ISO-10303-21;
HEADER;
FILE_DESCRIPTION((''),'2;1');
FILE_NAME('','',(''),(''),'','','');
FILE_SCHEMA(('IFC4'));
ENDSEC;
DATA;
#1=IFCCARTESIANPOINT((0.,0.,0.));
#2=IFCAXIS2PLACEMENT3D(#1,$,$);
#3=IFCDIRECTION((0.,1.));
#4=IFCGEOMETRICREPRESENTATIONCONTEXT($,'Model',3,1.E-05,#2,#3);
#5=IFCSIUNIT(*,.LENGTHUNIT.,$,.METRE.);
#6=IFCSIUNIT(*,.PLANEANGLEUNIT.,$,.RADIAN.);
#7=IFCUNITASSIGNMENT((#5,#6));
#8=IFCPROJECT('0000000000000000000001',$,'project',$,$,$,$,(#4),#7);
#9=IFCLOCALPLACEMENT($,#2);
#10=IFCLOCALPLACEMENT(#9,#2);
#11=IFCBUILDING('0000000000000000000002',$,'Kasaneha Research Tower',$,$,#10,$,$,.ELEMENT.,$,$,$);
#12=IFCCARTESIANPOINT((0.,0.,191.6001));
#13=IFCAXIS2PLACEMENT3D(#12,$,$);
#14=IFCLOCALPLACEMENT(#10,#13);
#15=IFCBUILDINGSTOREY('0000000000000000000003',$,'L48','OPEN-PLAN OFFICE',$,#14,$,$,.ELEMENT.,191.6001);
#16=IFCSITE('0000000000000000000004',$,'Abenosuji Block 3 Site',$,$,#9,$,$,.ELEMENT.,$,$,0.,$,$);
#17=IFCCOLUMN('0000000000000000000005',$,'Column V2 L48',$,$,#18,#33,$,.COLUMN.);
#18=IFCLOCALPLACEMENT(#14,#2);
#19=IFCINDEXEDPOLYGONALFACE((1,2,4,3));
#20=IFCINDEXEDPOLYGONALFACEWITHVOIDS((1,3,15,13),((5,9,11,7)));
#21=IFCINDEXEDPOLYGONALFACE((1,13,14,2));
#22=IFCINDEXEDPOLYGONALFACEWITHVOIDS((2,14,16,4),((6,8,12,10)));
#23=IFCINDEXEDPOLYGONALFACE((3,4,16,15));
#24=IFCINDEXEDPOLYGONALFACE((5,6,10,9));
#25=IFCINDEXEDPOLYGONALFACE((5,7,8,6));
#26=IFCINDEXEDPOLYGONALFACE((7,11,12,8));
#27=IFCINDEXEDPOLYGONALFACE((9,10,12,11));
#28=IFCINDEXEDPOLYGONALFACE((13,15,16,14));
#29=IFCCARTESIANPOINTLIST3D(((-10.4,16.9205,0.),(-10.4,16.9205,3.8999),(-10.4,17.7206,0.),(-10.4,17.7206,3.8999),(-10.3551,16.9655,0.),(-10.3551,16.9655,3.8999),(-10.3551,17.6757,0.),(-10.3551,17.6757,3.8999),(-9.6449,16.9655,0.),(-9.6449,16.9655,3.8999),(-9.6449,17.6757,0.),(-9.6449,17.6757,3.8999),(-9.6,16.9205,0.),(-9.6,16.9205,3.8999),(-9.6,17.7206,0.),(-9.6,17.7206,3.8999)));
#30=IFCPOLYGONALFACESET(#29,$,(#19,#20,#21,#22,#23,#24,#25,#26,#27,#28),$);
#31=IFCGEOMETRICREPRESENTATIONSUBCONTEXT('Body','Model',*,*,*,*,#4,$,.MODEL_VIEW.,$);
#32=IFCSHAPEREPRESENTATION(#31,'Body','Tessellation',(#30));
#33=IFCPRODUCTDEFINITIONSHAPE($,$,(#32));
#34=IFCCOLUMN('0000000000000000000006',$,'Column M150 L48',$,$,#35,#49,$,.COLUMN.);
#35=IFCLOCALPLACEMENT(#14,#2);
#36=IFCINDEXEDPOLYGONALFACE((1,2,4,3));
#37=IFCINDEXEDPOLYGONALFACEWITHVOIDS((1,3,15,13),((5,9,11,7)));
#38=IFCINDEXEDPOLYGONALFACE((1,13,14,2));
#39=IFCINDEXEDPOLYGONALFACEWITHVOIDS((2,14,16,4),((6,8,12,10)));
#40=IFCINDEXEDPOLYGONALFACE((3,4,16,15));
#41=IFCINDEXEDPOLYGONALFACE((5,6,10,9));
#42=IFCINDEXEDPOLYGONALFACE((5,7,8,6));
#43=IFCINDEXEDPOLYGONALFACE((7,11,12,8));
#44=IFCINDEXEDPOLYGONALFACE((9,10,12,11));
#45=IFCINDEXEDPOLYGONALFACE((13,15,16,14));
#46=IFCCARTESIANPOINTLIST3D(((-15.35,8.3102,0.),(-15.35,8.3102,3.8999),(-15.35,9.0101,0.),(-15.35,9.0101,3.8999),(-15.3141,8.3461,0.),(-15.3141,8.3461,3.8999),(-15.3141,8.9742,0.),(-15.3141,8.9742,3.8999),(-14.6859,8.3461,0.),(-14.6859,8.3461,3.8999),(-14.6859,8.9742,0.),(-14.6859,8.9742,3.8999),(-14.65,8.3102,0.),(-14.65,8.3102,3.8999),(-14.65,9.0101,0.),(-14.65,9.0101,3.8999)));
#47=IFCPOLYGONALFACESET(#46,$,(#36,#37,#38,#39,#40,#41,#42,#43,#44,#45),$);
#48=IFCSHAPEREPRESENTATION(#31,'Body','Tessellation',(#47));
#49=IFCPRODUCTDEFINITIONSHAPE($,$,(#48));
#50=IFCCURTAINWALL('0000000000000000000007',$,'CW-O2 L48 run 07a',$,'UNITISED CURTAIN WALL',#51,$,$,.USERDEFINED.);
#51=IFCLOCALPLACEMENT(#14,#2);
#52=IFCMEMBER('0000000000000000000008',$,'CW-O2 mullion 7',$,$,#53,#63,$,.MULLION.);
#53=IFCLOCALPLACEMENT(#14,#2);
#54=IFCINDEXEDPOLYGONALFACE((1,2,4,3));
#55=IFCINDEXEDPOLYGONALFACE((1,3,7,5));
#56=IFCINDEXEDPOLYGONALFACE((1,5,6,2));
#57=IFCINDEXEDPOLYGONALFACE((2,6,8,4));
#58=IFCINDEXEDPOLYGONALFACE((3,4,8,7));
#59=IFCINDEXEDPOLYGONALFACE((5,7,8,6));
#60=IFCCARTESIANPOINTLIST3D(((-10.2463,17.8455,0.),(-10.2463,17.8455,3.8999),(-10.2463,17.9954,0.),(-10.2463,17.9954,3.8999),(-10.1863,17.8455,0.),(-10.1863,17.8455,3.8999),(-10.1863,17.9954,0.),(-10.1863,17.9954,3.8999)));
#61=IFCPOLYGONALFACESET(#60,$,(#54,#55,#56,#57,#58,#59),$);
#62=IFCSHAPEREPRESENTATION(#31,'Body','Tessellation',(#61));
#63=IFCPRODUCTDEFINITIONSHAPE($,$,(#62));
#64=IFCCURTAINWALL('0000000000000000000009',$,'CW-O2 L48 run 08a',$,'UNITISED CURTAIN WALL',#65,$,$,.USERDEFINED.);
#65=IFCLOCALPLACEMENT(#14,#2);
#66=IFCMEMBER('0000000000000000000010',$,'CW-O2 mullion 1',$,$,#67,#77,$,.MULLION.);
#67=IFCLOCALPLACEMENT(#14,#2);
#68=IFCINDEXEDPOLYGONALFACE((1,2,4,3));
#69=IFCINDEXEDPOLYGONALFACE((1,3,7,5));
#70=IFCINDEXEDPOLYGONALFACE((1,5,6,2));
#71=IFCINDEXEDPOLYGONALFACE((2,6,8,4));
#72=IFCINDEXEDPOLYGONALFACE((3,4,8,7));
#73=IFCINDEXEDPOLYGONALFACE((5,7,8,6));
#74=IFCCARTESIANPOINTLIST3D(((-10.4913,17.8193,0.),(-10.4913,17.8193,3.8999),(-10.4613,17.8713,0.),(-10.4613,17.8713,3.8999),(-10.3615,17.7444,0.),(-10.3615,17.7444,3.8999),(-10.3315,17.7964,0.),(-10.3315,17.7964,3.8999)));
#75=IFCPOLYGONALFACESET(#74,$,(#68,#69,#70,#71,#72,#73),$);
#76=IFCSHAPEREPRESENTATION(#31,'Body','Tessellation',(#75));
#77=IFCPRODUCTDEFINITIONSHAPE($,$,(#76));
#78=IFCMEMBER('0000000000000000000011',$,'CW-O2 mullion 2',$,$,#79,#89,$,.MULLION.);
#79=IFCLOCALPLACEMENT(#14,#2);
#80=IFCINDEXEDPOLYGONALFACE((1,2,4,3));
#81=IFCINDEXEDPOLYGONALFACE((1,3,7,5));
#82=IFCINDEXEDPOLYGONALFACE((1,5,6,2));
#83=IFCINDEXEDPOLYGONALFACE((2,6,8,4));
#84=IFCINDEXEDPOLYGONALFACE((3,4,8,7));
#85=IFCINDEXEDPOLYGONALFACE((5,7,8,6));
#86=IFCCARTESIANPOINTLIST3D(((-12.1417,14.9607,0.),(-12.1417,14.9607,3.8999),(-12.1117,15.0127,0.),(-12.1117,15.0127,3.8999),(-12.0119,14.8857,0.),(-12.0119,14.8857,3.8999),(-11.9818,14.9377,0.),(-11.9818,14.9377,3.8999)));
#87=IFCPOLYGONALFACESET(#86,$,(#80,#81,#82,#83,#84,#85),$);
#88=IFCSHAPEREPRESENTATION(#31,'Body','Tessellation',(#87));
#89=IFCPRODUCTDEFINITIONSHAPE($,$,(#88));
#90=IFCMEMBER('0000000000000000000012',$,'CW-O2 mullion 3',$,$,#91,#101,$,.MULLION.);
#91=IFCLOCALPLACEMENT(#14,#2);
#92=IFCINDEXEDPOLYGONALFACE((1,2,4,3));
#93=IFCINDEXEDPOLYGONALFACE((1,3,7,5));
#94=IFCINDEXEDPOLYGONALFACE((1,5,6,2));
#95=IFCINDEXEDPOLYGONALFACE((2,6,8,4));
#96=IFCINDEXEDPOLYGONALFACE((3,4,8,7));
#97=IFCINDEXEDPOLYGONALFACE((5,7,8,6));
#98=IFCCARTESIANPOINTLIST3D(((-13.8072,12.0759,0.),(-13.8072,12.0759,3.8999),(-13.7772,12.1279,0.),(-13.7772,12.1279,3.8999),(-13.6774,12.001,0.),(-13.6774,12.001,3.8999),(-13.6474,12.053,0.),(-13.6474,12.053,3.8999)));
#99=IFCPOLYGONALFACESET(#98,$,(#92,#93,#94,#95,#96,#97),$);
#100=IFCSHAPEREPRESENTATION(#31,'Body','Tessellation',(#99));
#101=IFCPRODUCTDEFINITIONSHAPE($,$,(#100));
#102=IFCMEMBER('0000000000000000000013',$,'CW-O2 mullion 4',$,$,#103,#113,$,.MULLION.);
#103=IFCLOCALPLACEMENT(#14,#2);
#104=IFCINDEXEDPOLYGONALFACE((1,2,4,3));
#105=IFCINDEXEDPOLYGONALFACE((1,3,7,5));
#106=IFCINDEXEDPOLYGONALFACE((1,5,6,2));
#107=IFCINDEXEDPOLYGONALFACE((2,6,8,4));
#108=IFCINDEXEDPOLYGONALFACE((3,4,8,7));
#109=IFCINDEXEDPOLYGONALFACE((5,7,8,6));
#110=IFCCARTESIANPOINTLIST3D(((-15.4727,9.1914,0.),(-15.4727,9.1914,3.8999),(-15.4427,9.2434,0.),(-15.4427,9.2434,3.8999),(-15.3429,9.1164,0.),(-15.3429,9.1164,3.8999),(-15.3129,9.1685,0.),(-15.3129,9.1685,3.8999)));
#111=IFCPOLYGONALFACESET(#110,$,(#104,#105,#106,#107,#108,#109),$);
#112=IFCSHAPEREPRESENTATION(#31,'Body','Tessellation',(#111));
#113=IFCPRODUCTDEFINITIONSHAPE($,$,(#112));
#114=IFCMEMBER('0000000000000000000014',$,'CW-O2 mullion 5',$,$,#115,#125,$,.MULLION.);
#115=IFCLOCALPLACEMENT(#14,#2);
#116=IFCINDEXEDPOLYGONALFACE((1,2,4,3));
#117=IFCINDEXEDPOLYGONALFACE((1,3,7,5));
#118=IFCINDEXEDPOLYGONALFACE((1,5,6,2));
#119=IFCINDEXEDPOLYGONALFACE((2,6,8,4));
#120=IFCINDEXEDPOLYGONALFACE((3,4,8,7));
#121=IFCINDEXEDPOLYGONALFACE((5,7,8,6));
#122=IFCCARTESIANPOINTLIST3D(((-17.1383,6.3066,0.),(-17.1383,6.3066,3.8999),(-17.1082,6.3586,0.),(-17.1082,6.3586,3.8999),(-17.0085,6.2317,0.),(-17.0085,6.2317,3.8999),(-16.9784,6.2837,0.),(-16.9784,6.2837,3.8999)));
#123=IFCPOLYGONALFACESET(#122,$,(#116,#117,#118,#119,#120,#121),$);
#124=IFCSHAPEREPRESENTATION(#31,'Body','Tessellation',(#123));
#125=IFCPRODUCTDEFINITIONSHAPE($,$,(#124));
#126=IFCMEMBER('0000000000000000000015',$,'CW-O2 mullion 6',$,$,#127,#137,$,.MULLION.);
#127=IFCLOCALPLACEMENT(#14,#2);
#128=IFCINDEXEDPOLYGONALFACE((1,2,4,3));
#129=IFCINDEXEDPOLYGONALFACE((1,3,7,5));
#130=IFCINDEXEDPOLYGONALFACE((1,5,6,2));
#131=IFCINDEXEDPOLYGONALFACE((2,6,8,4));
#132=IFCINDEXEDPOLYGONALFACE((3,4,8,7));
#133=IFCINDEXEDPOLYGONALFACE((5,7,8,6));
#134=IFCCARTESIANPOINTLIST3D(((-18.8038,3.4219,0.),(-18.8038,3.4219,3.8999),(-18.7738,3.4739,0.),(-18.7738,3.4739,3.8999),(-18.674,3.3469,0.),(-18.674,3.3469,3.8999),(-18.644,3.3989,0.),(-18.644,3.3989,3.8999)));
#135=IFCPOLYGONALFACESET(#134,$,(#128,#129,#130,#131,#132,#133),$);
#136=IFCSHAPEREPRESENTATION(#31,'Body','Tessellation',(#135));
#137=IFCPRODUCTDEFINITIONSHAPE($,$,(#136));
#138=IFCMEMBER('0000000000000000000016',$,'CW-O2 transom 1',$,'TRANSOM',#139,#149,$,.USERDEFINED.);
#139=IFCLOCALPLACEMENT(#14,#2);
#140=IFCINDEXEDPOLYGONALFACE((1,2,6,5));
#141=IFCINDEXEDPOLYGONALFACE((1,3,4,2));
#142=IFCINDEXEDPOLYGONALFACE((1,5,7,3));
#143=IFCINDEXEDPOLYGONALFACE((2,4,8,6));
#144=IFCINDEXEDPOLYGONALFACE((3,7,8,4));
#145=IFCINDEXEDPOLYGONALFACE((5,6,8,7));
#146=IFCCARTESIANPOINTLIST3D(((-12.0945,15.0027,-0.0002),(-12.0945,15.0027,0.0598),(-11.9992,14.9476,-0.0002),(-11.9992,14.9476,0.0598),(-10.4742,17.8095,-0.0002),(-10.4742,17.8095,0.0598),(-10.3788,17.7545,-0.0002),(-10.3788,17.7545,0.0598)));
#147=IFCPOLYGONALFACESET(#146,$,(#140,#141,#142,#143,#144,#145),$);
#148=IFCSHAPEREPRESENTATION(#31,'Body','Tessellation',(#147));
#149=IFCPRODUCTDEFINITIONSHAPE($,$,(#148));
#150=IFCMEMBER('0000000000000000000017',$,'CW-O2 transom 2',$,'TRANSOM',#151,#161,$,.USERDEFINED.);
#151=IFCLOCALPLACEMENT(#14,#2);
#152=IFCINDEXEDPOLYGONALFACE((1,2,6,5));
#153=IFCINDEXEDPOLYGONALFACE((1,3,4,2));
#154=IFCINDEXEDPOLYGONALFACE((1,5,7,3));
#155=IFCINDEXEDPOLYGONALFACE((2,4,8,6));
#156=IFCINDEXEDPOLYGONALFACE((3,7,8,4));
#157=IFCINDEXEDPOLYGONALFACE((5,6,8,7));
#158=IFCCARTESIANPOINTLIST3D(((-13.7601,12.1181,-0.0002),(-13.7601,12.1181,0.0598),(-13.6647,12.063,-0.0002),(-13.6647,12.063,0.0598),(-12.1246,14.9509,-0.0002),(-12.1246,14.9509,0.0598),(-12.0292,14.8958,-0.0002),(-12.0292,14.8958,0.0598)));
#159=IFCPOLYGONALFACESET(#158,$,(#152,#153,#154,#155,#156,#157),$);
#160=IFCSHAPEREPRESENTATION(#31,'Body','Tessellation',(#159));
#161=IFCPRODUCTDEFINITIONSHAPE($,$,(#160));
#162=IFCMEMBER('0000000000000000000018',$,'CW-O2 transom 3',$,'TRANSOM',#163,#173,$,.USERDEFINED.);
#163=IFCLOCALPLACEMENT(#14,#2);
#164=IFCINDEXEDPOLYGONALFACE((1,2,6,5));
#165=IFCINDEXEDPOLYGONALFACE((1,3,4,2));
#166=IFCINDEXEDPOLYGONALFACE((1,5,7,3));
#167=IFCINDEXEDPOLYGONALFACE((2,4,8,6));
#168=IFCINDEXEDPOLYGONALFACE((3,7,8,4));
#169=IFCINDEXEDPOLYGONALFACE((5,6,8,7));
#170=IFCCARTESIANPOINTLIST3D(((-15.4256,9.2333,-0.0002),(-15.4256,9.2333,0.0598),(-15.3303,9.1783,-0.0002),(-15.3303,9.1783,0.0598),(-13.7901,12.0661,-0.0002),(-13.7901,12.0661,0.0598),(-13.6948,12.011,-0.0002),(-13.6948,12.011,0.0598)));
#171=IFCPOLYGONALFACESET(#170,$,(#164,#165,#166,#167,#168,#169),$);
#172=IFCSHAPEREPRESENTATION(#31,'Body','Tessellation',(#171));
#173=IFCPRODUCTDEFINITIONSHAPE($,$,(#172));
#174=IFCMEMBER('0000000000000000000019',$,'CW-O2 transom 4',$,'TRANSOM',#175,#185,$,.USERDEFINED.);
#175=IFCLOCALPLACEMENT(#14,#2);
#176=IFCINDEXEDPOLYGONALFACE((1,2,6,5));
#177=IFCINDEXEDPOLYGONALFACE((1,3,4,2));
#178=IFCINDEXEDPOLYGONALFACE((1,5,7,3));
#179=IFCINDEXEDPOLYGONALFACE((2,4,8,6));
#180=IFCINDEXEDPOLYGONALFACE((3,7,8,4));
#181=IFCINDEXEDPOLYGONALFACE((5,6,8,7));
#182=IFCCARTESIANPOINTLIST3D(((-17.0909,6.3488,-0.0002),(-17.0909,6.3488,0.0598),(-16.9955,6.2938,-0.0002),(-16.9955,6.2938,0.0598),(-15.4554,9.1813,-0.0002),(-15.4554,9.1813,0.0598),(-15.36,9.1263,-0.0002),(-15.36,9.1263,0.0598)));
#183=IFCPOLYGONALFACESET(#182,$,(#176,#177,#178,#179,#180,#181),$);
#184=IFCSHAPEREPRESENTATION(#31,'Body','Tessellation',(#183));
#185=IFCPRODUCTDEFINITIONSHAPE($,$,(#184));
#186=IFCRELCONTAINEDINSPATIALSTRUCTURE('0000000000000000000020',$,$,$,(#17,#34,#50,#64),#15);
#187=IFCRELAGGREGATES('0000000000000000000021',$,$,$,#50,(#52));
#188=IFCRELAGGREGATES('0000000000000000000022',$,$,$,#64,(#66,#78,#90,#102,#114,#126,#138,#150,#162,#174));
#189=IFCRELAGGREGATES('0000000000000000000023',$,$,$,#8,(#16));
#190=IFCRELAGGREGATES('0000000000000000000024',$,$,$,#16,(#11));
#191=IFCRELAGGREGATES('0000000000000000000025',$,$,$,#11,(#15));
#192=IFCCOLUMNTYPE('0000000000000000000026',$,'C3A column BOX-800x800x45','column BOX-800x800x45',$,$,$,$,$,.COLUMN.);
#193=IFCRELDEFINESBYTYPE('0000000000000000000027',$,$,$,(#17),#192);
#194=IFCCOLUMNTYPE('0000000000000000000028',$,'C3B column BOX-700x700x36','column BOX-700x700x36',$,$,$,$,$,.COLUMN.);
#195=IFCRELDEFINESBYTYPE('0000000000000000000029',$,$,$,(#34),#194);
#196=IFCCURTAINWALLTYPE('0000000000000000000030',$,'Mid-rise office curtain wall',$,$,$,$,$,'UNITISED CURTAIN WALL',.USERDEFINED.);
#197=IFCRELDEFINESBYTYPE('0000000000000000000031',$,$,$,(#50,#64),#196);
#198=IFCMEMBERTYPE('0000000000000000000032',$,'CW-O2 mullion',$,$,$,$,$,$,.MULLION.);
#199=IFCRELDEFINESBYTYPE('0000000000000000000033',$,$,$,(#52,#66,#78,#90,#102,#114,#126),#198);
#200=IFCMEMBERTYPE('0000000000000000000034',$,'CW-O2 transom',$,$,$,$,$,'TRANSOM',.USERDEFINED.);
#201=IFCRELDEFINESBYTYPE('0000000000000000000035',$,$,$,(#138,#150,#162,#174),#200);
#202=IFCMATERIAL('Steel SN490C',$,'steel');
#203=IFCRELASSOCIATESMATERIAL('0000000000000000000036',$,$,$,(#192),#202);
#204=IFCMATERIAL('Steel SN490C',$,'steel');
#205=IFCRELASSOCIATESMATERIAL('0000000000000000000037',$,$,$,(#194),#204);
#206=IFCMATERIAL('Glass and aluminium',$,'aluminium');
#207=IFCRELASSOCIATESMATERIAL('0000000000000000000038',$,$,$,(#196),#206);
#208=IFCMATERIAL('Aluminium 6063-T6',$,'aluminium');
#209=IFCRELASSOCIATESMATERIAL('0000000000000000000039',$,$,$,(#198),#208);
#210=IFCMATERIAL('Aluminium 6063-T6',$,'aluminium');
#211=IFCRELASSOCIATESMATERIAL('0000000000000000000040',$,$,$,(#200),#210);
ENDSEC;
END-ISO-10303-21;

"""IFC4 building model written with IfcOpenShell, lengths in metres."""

from ifc_helpers import new_model, si_unit, direction, frame, origin, origin_2d, place, context, subcontext, project, spatial, rectangle, hollow_rectangle, extrude, material, material_profile, profile_set, type_object, element, aggregate, save


model = new_model("IFC4")

# Units and contexts
model_context = context("Model", 3, precision=1e-05, world=origin(), true_north=direction((0.0, 1.0)))
body_context = subcontext(model_context, "Body", "Model", "MODEL_VIEW")
ifc_project = project(units=[si_unit("LENGTHUNIT", "METRE"), si_unit("PLANEANGLEUNIT", "RADIAN")], contexts=[model_context])

# Site, building, storey
site_placement = place(None, origin())
site = spatial("IfcSite", under=ifc_project, at=site_placement, Name="Abenosuji Block 3 Site", CompositionType="ELEMENT", RefElevation=0.0)
building_placement = place(site_placement, origin())
building = spatial("IfcBuilding", under=site, at=building_placement, Name="Kasaneha Research Tower", CompositionType="ELEMENT")
storey_placement = place(building_placement, frame((0.0, 0.0, 191.6001)))
storey = spatial("IfcBuildingStorey", under=building, at=storey_placement, Name="L48", Description="OPEN-PLAN OFFICE", CompositionType="ELEMENT", Elevation=191.6001)

# Columns
ifc_material_1 = material(Name="Steel SN490C", Category="steel")
ifc_material_profile_1 = material_profile(ifc_material_1, hollow_rectangle(XDim=0.8, YDim=0.8, WallThickness=0.0449, at=origin_2d()), Name="BOX-800x800x45")
ifc_profile_set_1 = profile_set([ifc_material_profile_1], Name="Steel SN490C")
column_type_1 = type_object("IfcColumnType", Name="C3A column BOX-800x800x45", Description="column BOX-800x800x45", PredefinedType="COLUMN", material=ifc_profile_set_1)
column_1_placement = place(storey_placement, frame((-10.0, 17.3206, 0.0), z_axis=(0.0, 0.0, 1.0), x_axis=(1.0, 0.0, 0.0)))
element("IfcColumn", 1, at=column_1_placement, inside=storey, type_object=column_type_1, Name="Column V2 L48", PredefinedType="COLUMN", context=body_context, shape_type="SweptSolid", body=[
    extrude(hollow_rectangle(XDim=0.8, YDim=0.8, WallThickness=0.0449, at=origin_2d()), origin(), (0.0, 0.0, 1.0), 3.8999),
])
ifc_material_2 = material(Name="Steel SN490C", Category="steel")
ifc_material_profile_2 = material_profile(ifc_material_2, hollow_rectangle(XDim=0.7, YDim=0.7, WallThickness=0.0359, at=origin_2d()), Name="BOX-700x700x36")
ifc_profile_set_2 = profile_set([ifc_material_profile_2], Name="Steel SN490C")
column_type_2 = type_object("IfcColumnType", Name="C3B column BOX-700x700x36", Description="column BOX-700x700x36", PredefinedType="COLUMN", material=ifc_profile_set_2)
column_2_placement = place(storey_placement, frame((-15.0, 8.6602, 0.0), z_axis=(0.0, 0.0, 1.0), x_axis=(1.0, 0.0, 0.0)))
element("IfcColumn", 2, at=column_2_placement, inside=storey, type_object=column_type_2, Name="Column M150 L48", PredefinedType="COLUMN", context=body_context, shape_type="SweptSolid", body=[
    extrude(hollow_rectangle(XDim=0.7, YDim=0.7, WallThickness=0.0359, at=origin_2d()), origin(), (0.0, 0.0, 1.0), 3.8999),
])

# Curtain wall, member
ifc_material_3 = material(Name="Glass and aluminium", Category="aluminium")
curtain_wall_type = type_object("IfcCurtainWallType", Name="Mid-rise office curtain wall", ElementType="UNITISED CURTAIN WALL", PredefinedType="USERDEFINED", material=ifc_material_3)
curtain_wall_1_placement = place(storey_placement, origin())
curtain_wall_1 = element("IfcCurtainWall", 3, at=curtain_wall_1_placement, inside=storey, type_object=curtain_wall_type, Name="CW-O2 L48 run 07a", ObjectType="UNITISED CURTAIN WALL", PredefinedType="USERDEFINED")
ifc_material_4 = material(Name="Aluminium 6063-T6", Category="aluminium")
ifc_material_profile_3 = material_profile(ifc_material_4, rectangle(XDim=0.0601, YDim=0.1499, at=origin_2d()), Name="CW-O2 mullion 60x150")
ifc_profile_set_3 = profile_set([ifc_material_profile_3], Name="Aluminium 6063-T6")
member_type_1 = type_object("IfcMemberType", Name="CW-O2 mullion", PredefinedType="MULLION", material=ifc_profile_set_3)
member_1_placement = place(storey_placement, frame((-10.2163, 17.9204, 0.0), z_axis=(0.0, 0.0, 1.0), x_axis=(-1.0, 0.0, 0.0)))
member_1 = element("IfcMember", 4, at=member_1_placement, type_object=member_type_1, Name="CW-O2 mullion 7", PredefinedType="MULLION", context=body_context, shape_type="SweptSolid", body=[
    extrude(rectangle(XDim=0.0601, YDim=0.1499, at=origin_2d()), origin(), (0.0, 0.0, 1.0), 3.8999),
])
aggregate(curtain_wall_1, [member_1])

# Curtain wall, members
curtain_wall_2_placement = place(storey_placement, origin())
curtain_wall_2 = element("IfcCurtainWall", 5, at=curtain_wall_2_placement, inside=storey, type_object=curtain_wall_type, Name="CW-O2 L48 run 08a", ObjectType="UNITISED CURTAIN WALL", PredefinedType="USERDEFINED")
member_2_placement = place(storey_placement, frame((-10.4114, 17.8079, 0.0), z_axis=(0.0, 0.0, 1.0), x_axis=(-0.5, -0.866025, 0.0)))
member_2 = element("IfcMember", 6, at=member_2_placement, type_object=member_type_1, Name="CW-O2 mullion 1", PredefinedType="MULLION", context=body_context, shape_type="SweptSolid", body=[
    extrude(rectangle(XDim=0.0601, YDim=0.1499, at=origin_2d()), origin(), (0.0, 0.0, 1.0), 3.8999),
])
member_3_placement = place(storey_placement, frame((-12.0618, 14.9492, 0.0), z_axis=(0.0, 0.0, 1.0), x_axis=(-0.5, -0.866025, 0.0)))
member_3 = element("IfcMember", 7, at=member_3_placement, type_object=member_type_1, Name="CW-O2 mullion 2", PredefinedType="MULLION", context=body_context, shape_type="SweptSolid", body=[
    extrude(rectangle(XDim=0.0601, YDim=0.1499, at=origin_2d()), origin(), (0.0, 0.0, 1.0), 3.8999),
])
member_4_placement = place(storey_placement, frame((-13.7273, 12.0645, 0.0), z_axis=(0.0, 0.0, 1.0), x_axis=(-0.5, -0.866025, 0.0)))
member_4 = element("IfcMember", 8, at=member_4_placement, type_object=member_type_1, Name="CW-O2 mullion 3", PredefinedType="MULLION", context=body_context, shape_type="SweptSolid", body=[
    extrude(rectangle(XDim=0.0601, YDim=0.1499, at=origin_2d()), origin(), (0.0, 0.0, 1.0), 3.8999),
])
member_5_placement = place(storey_placement, frame((-15.3928, 9.1799, 0.0), z_axis=(0.0, 0.0, 1.0), x_axis=(-0.5, -0.866025, 0.0)))
member_5 = element("IfcMember", 9, at=member_5_placement, type_object=member_type_1, Name="CW-O2 mullion 4", PredefinedType="MULLION", context=body_context, shape_type="SweptSolid", body=[
    extrude(rectangle(XDim=0.0601, YDim=0.1499, at=origin_2d()), origin(), (0.0, 0.0, 1.0), 3.8999),
])
member_6_placement = place(storey_placement, frame((-17.0583, 6.2952, 0.0), z_axis=(0.0, 0.0, 1.0), x_axis=(-0.5, -0.866025, 0.0)))
member_6 = element("IfcMember", 10, at=member_6_placement, type_object=member_type_1, Name="CW-O2 mullion 5", PredefinedType="MULLION", context=body_context, shape_type="SweptSolid", body=[
    extrude(rectangle(XDim=0.0601, YDim=0.1499, at=origin_2d()), origin(), (0.0, 0.0, 1.0), 3.8999),
])
member_7_placement = place(storey_placement, frame((-18.7239, 3.4104, 0.0), z_axis=(0.0, 0.0, 1.0), x_axis=(-0.5, -0.866025, 0.0)))
member_7 = element("IfcMember", 11, at=member_7_placement, type_object=member_type_1, Name="CW-O2 mullion 6", PredefinedType="MULLION", context=body_context, shape_type="SweptSolid", body=[
    extrude(rectangle(XDim=0.0601, YDim=0.1499, at=origin_2d()), origin(), (0.0, 0.0, 1.0), 3.8999),
])
ifc_material_5 = material(Name="Aluminium 6063-T6", Category="aluminium")
ifc_material_profile_4 = material_profile(ifc_material_5, rectangle(XDim=0.1101, YDim=0.0601, at=origin_2d()), Name="CW-O2 transom 110x60")
ifc_profile_set_4 = profile_set([ifc_material_profile_4], Name="Aluminium 6063-T6")
member_type_2 = type_object("IfcMemberType", Name="CW-O2 transom", ElementType="TRANSOM", PredefinedType="USERDEFINED", material=ifc_profile_set_4)
member_8_placement = place(storey_placement, frame((-10.4265, 17.782, 0.0298), z_axis=(-0.499955, -0.866051, 0.0), x_axis=(0.866051, -0.499955, 0.0)))
member_8 = element("IfcMember", 12, at=member_8_placement, type_object=member_type_2, Name="CW-O2 transom 1", ObjectType="TRANSOM", PredefinedType="USERDEFINED", context=body_context, shape_type="SweptSolid", body=[
    extrude(rectangle(XDim=0.1101, YDim=0.0601, at=origin_2d()), origin(), (0.0, 0.0, 1.0), 3.241),
])
member_9_placement = place(storey_placement, frame((-12.0769, 14.9233, 0.0298), z_axis=(-0.5, -0.866025, 0.0), x_axis=(0.866025, -0.5, 0.0)))
member_9 = element("IfcMember", 13, at=member_9_placement, type_object=member_type_2, Name="CW-O2 transom 2", ObjectType="TRANSOM", PredefinedType="USERDEFINED", context=body_context, shape_type="SweptSolid", body=[
    extrude(rectangle(XDim=0.1101, YDim=0.0601, at=origin_2d()), origin(), (0.0, 0.0, 1.0), 3.271),
])
member_10_placement = place(storey_placement, frame((-13.7424, 12.0386, 0.0298), z_axis=(-0.5, -0.866025, 0.0), x_axis=(0.866025, -0.5, 0.0)))
member_10 = element("IfcMember", 14, at=member_10_placement, type_object=member_type_2, Name="CW-O2 transom 3", ObjectType="TRANSOM", PredefinedType="USERDEFINED", context=body_context, shape_type="SweptSolid", body=[
    extrude(rectangle(XDim=0.1101, YDim=0.0601, at=origin_2d()), origin(), (0.0, 0.0, 1.0), 3.271),
])
member_11_placement = place(storey_placement, frame((-15.4077, 9.1538, 0.0298), z_axis=(-0.500033, -0.866007, 0.0), x_axis=(0.866007, -0.500033, 0.0)))
member_11 = element("IfcMember", 15, at=member_11_placement, type_object=member_type_2, Name="CW-O2 transom 4", ObjectType="TRANSOM", PredefinedType="USERDEFINED", context=body_context, shape_type="SweptSolid", body=[
    extrude(rectangle(XDim=0.1101, YDim=0.0601, at=origin_2d()), origin(), (0.0, 0.0, 1.0), 3.2708),
])

aggregate(curtain_wall_2, [member_2, member_3, member_4, member_5, member_6, member_7, member_8, member_9, member_10, member_11])

save(model, "model.ifc")
